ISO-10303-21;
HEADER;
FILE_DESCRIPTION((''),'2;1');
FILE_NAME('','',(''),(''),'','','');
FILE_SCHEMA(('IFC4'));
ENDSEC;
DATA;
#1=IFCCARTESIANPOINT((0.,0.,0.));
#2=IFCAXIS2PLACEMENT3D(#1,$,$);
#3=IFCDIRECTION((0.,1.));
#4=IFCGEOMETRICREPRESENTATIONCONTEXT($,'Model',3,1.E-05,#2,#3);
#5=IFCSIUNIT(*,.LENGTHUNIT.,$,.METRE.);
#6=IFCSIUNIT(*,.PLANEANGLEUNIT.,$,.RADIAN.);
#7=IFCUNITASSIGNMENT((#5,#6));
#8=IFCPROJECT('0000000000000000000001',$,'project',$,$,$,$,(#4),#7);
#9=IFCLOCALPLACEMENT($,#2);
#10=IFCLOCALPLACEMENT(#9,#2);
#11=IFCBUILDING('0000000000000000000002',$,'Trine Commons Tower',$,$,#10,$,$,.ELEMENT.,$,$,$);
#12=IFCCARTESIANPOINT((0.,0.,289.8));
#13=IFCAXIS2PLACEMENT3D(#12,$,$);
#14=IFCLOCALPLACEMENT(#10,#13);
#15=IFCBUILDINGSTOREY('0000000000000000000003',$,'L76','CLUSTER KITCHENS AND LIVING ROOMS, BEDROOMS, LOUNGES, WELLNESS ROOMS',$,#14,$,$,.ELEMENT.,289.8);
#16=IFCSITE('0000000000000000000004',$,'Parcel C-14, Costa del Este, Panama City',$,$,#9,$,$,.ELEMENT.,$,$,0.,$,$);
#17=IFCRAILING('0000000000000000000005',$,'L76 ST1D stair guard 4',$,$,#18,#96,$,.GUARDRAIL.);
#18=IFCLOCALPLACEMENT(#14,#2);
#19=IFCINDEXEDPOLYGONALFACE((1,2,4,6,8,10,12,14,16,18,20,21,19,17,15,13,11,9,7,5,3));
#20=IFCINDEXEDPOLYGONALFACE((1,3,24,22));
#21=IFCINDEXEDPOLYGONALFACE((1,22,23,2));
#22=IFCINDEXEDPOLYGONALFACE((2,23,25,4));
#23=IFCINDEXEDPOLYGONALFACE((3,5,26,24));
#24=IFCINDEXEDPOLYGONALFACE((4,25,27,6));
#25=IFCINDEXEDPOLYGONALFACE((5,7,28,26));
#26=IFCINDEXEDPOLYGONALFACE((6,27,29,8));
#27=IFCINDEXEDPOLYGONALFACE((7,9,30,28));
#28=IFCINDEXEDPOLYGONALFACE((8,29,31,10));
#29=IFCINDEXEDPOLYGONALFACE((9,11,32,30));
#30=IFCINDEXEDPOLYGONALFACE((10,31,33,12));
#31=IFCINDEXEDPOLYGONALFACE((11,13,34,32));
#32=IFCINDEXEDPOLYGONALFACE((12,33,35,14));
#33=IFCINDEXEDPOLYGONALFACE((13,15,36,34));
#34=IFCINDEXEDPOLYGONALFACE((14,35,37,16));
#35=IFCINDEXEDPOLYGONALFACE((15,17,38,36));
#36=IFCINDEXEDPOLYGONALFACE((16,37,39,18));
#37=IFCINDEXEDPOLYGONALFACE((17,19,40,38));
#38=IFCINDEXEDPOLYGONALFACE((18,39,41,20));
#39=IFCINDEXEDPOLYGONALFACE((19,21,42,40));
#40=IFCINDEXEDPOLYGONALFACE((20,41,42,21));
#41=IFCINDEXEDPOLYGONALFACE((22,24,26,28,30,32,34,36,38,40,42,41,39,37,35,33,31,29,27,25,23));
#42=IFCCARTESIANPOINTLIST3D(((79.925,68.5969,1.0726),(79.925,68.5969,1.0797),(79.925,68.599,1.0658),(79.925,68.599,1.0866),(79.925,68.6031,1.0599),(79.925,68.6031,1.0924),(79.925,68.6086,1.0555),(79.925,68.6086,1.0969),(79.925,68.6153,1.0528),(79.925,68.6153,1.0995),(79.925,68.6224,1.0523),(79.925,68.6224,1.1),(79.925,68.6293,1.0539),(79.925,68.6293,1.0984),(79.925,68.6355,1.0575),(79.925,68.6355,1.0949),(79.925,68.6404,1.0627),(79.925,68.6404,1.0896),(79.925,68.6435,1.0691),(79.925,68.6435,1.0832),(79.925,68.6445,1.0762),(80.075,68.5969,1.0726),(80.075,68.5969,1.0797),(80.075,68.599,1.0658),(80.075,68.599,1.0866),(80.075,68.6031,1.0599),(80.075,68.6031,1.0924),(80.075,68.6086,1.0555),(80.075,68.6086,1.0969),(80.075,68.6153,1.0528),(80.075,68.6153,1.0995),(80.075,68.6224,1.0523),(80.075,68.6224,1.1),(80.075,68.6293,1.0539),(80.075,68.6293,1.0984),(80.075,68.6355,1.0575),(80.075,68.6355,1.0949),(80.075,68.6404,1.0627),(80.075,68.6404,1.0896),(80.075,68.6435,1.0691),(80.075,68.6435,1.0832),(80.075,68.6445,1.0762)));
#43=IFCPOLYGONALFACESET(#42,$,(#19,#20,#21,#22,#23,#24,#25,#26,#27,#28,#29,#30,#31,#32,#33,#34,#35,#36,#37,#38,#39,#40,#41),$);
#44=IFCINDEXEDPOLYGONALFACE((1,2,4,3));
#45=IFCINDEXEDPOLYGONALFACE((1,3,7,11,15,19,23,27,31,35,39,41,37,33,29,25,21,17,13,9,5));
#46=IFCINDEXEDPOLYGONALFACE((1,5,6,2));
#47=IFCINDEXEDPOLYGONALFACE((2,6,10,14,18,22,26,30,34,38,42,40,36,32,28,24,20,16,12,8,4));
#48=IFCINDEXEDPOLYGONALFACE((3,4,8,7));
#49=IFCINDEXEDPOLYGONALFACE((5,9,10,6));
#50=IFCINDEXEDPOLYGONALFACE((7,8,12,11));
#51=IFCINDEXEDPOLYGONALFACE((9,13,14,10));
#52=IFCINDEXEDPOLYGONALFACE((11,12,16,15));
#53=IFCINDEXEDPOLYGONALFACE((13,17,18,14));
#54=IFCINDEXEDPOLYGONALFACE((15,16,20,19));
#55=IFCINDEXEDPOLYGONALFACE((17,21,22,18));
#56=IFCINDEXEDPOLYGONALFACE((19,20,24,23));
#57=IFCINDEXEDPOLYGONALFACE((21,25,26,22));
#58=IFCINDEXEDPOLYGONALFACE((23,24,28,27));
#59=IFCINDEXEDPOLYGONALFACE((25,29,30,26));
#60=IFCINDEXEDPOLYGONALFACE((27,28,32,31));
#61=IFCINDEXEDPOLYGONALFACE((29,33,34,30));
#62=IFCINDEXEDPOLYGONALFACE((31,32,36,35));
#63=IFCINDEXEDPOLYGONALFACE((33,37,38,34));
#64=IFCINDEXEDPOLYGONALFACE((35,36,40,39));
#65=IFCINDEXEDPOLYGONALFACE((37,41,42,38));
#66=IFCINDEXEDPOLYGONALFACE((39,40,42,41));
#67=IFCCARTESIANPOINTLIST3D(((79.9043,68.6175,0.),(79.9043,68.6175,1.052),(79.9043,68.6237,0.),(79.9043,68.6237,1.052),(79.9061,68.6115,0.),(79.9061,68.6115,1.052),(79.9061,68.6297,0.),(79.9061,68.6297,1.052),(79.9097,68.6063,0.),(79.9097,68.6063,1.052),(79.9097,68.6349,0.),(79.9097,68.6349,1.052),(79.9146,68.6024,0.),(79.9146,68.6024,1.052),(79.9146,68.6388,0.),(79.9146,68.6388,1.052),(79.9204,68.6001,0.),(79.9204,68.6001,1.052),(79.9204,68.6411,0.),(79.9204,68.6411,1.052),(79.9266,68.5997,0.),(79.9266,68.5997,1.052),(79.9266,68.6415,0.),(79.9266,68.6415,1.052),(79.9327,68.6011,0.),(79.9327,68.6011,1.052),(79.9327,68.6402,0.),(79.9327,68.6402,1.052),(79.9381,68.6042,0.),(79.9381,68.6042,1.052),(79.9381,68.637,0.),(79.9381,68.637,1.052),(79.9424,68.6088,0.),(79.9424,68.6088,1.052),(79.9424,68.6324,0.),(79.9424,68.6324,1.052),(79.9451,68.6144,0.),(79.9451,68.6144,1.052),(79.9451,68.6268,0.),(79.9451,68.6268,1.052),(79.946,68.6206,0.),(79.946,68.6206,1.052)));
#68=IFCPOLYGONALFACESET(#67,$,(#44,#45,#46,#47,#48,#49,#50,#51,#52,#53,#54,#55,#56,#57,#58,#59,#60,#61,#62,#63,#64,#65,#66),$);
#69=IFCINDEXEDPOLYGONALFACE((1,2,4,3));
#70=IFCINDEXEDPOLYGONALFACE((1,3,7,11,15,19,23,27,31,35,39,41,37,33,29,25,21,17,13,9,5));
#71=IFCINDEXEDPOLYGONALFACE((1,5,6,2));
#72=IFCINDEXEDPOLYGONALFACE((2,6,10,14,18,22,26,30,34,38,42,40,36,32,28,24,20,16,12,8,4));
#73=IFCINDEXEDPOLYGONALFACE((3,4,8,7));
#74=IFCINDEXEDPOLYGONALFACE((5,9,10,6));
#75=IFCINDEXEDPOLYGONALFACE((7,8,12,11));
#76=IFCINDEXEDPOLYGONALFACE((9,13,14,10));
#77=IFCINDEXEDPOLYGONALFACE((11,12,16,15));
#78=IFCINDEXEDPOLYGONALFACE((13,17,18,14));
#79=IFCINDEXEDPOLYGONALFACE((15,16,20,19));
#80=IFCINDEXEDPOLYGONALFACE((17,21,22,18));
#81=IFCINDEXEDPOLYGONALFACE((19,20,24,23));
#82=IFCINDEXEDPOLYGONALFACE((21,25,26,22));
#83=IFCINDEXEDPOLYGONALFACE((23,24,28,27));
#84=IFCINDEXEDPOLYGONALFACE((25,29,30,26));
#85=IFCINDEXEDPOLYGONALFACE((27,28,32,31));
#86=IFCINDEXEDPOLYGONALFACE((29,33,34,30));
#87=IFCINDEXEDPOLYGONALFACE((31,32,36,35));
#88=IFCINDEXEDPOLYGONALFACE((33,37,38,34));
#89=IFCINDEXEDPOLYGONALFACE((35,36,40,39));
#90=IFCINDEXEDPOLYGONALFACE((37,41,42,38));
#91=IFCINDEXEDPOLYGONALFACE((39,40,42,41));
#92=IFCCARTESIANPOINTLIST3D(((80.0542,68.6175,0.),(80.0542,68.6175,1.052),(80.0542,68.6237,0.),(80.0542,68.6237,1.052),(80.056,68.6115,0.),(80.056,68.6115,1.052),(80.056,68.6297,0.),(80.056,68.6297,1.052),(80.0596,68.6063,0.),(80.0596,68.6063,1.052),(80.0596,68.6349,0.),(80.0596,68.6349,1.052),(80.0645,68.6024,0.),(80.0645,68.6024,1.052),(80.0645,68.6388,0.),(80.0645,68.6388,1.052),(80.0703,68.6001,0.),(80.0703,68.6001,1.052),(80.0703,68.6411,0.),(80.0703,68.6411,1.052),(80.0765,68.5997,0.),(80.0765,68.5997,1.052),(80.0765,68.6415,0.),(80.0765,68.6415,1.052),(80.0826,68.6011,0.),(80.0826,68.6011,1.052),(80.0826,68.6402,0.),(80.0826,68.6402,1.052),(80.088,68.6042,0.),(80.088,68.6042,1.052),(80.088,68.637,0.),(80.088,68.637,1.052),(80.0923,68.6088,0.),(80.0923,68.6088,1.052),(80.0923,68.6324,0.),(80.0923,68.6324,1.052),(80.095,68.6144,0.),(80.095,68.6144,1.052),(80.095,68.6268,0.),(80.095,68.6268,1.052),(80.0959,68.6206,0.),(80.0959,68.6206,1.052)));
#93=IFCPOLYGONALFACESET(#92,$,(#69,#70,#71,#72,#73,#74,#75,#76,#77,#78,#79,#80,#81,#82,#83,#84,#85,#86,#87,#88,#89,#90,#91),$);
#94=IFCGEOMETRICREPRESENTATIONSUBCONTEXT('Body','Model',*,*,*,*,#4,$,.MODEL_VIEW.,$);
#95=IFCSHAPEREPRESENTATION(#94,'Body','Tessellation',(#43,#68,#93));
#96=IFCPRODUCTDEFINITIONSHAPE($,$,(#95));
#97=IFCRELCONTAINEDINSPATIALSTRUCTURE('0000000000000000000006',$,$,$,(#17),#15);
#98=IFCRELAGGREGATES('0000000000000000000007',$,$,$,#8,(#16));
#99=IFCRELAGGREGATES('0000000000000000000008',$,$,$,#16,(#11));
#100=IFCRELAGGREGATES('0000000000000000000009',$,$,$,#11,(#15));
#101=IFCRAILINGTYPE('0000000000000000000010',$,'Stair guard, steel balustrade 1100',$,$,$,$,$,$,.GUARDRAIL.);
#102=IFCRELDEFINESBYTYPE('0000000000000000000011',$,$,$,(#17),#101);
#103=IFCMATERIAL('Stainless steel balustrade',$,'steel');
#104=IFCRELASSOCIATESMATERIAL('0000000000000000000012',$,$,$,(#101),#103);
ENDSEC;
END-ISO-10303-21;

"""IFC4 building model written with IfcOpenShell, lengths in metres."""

from ifc_helpers import new_model, si_unit, direction, frame, origin, origin_2d, place, context, subcontext, project, spatial, circle, extrude, material, type_object, element, save


model = new_model("IFC4")

# Units and contexts
model_context = context("Model", 3, precision=1e-05, world=origin(), true_north=direction((0.0, 1.0)))
body_context = subcontext(model_context, "Body", "Model", "MODEL_VIEW")
ifc_project = project(units=[si_unit("LENGTHUNIT", "METRE"), si_unit("PLANEANGLEUNIT", "RADIAN")], contexts=[model_context])

# Site, building, storey
site_placement = place(None, origin())
site = spatial("IfcSite", under=ifc_project, at=site_placement, Name="Parcel C-14, Costa del Este, Panama City", CompositionType="ELEMENT", RefElevation=0.0)
building_placement = place(site_placement, origin())
building = spatial("IfcBuilding", under=site, at=building_placement, Name="Trine Commons Tower", CompositionType="ELEMENT")
storey_placement = place(building_placement, frame((0.0, 0.0, 289.8)))
storey = spatial("IfcBuildingStorey", under=building, at=storey_placement, Name="L76", Description="CLUSTER KITCHENS AND LIVING ROOMS, BEDROOMS, LOUNGES, WELLNESS ROOMS", CompositionType="ELEMENT", Elevation=289.8)

# Railing
ifc_material_1 = material(Name="Stainless steel balustrade", Category="steel")
railing_type_1 = type_object("IfcRailingType", Name="Stair guard, steel balustrade 1100", PredefinedType="GUARDRAIL", material=ifc_material_1)
railing_1_placement = place(storey_placement, frame((79.925, 68.6206, 0.0)))
element("IfcRailing", 1, at=railing_1_placement, inside=storey, type_object=railing_type_1, Name="L76 ST1D stair guard 4", PredefinedType="GUARDRAIL", context=body_context, shape_type="SweptSolid", body=[
    extrude(circle(Radius=0.0239, at=origin_2d()), frame((0.0, 0.0, 1.0762), z_axis=(1.0, 0.0, 0.0), x_axis=(0.0, 1.0, 0.0)), (0.0, 0.0, 1.0), 0.1499),
    extrude(circle(Radius=0.021, at=origin_2d()), origin(), (0.0, 0.0, 1.0), 1.052),
    extrude(circle(Radius=0.021, at=origin_2d()), frame((0.1499, 0.0, 0.0)), (0.0, 0.0, 1.0), 1.052),
])

save(model, "model.ifc")
